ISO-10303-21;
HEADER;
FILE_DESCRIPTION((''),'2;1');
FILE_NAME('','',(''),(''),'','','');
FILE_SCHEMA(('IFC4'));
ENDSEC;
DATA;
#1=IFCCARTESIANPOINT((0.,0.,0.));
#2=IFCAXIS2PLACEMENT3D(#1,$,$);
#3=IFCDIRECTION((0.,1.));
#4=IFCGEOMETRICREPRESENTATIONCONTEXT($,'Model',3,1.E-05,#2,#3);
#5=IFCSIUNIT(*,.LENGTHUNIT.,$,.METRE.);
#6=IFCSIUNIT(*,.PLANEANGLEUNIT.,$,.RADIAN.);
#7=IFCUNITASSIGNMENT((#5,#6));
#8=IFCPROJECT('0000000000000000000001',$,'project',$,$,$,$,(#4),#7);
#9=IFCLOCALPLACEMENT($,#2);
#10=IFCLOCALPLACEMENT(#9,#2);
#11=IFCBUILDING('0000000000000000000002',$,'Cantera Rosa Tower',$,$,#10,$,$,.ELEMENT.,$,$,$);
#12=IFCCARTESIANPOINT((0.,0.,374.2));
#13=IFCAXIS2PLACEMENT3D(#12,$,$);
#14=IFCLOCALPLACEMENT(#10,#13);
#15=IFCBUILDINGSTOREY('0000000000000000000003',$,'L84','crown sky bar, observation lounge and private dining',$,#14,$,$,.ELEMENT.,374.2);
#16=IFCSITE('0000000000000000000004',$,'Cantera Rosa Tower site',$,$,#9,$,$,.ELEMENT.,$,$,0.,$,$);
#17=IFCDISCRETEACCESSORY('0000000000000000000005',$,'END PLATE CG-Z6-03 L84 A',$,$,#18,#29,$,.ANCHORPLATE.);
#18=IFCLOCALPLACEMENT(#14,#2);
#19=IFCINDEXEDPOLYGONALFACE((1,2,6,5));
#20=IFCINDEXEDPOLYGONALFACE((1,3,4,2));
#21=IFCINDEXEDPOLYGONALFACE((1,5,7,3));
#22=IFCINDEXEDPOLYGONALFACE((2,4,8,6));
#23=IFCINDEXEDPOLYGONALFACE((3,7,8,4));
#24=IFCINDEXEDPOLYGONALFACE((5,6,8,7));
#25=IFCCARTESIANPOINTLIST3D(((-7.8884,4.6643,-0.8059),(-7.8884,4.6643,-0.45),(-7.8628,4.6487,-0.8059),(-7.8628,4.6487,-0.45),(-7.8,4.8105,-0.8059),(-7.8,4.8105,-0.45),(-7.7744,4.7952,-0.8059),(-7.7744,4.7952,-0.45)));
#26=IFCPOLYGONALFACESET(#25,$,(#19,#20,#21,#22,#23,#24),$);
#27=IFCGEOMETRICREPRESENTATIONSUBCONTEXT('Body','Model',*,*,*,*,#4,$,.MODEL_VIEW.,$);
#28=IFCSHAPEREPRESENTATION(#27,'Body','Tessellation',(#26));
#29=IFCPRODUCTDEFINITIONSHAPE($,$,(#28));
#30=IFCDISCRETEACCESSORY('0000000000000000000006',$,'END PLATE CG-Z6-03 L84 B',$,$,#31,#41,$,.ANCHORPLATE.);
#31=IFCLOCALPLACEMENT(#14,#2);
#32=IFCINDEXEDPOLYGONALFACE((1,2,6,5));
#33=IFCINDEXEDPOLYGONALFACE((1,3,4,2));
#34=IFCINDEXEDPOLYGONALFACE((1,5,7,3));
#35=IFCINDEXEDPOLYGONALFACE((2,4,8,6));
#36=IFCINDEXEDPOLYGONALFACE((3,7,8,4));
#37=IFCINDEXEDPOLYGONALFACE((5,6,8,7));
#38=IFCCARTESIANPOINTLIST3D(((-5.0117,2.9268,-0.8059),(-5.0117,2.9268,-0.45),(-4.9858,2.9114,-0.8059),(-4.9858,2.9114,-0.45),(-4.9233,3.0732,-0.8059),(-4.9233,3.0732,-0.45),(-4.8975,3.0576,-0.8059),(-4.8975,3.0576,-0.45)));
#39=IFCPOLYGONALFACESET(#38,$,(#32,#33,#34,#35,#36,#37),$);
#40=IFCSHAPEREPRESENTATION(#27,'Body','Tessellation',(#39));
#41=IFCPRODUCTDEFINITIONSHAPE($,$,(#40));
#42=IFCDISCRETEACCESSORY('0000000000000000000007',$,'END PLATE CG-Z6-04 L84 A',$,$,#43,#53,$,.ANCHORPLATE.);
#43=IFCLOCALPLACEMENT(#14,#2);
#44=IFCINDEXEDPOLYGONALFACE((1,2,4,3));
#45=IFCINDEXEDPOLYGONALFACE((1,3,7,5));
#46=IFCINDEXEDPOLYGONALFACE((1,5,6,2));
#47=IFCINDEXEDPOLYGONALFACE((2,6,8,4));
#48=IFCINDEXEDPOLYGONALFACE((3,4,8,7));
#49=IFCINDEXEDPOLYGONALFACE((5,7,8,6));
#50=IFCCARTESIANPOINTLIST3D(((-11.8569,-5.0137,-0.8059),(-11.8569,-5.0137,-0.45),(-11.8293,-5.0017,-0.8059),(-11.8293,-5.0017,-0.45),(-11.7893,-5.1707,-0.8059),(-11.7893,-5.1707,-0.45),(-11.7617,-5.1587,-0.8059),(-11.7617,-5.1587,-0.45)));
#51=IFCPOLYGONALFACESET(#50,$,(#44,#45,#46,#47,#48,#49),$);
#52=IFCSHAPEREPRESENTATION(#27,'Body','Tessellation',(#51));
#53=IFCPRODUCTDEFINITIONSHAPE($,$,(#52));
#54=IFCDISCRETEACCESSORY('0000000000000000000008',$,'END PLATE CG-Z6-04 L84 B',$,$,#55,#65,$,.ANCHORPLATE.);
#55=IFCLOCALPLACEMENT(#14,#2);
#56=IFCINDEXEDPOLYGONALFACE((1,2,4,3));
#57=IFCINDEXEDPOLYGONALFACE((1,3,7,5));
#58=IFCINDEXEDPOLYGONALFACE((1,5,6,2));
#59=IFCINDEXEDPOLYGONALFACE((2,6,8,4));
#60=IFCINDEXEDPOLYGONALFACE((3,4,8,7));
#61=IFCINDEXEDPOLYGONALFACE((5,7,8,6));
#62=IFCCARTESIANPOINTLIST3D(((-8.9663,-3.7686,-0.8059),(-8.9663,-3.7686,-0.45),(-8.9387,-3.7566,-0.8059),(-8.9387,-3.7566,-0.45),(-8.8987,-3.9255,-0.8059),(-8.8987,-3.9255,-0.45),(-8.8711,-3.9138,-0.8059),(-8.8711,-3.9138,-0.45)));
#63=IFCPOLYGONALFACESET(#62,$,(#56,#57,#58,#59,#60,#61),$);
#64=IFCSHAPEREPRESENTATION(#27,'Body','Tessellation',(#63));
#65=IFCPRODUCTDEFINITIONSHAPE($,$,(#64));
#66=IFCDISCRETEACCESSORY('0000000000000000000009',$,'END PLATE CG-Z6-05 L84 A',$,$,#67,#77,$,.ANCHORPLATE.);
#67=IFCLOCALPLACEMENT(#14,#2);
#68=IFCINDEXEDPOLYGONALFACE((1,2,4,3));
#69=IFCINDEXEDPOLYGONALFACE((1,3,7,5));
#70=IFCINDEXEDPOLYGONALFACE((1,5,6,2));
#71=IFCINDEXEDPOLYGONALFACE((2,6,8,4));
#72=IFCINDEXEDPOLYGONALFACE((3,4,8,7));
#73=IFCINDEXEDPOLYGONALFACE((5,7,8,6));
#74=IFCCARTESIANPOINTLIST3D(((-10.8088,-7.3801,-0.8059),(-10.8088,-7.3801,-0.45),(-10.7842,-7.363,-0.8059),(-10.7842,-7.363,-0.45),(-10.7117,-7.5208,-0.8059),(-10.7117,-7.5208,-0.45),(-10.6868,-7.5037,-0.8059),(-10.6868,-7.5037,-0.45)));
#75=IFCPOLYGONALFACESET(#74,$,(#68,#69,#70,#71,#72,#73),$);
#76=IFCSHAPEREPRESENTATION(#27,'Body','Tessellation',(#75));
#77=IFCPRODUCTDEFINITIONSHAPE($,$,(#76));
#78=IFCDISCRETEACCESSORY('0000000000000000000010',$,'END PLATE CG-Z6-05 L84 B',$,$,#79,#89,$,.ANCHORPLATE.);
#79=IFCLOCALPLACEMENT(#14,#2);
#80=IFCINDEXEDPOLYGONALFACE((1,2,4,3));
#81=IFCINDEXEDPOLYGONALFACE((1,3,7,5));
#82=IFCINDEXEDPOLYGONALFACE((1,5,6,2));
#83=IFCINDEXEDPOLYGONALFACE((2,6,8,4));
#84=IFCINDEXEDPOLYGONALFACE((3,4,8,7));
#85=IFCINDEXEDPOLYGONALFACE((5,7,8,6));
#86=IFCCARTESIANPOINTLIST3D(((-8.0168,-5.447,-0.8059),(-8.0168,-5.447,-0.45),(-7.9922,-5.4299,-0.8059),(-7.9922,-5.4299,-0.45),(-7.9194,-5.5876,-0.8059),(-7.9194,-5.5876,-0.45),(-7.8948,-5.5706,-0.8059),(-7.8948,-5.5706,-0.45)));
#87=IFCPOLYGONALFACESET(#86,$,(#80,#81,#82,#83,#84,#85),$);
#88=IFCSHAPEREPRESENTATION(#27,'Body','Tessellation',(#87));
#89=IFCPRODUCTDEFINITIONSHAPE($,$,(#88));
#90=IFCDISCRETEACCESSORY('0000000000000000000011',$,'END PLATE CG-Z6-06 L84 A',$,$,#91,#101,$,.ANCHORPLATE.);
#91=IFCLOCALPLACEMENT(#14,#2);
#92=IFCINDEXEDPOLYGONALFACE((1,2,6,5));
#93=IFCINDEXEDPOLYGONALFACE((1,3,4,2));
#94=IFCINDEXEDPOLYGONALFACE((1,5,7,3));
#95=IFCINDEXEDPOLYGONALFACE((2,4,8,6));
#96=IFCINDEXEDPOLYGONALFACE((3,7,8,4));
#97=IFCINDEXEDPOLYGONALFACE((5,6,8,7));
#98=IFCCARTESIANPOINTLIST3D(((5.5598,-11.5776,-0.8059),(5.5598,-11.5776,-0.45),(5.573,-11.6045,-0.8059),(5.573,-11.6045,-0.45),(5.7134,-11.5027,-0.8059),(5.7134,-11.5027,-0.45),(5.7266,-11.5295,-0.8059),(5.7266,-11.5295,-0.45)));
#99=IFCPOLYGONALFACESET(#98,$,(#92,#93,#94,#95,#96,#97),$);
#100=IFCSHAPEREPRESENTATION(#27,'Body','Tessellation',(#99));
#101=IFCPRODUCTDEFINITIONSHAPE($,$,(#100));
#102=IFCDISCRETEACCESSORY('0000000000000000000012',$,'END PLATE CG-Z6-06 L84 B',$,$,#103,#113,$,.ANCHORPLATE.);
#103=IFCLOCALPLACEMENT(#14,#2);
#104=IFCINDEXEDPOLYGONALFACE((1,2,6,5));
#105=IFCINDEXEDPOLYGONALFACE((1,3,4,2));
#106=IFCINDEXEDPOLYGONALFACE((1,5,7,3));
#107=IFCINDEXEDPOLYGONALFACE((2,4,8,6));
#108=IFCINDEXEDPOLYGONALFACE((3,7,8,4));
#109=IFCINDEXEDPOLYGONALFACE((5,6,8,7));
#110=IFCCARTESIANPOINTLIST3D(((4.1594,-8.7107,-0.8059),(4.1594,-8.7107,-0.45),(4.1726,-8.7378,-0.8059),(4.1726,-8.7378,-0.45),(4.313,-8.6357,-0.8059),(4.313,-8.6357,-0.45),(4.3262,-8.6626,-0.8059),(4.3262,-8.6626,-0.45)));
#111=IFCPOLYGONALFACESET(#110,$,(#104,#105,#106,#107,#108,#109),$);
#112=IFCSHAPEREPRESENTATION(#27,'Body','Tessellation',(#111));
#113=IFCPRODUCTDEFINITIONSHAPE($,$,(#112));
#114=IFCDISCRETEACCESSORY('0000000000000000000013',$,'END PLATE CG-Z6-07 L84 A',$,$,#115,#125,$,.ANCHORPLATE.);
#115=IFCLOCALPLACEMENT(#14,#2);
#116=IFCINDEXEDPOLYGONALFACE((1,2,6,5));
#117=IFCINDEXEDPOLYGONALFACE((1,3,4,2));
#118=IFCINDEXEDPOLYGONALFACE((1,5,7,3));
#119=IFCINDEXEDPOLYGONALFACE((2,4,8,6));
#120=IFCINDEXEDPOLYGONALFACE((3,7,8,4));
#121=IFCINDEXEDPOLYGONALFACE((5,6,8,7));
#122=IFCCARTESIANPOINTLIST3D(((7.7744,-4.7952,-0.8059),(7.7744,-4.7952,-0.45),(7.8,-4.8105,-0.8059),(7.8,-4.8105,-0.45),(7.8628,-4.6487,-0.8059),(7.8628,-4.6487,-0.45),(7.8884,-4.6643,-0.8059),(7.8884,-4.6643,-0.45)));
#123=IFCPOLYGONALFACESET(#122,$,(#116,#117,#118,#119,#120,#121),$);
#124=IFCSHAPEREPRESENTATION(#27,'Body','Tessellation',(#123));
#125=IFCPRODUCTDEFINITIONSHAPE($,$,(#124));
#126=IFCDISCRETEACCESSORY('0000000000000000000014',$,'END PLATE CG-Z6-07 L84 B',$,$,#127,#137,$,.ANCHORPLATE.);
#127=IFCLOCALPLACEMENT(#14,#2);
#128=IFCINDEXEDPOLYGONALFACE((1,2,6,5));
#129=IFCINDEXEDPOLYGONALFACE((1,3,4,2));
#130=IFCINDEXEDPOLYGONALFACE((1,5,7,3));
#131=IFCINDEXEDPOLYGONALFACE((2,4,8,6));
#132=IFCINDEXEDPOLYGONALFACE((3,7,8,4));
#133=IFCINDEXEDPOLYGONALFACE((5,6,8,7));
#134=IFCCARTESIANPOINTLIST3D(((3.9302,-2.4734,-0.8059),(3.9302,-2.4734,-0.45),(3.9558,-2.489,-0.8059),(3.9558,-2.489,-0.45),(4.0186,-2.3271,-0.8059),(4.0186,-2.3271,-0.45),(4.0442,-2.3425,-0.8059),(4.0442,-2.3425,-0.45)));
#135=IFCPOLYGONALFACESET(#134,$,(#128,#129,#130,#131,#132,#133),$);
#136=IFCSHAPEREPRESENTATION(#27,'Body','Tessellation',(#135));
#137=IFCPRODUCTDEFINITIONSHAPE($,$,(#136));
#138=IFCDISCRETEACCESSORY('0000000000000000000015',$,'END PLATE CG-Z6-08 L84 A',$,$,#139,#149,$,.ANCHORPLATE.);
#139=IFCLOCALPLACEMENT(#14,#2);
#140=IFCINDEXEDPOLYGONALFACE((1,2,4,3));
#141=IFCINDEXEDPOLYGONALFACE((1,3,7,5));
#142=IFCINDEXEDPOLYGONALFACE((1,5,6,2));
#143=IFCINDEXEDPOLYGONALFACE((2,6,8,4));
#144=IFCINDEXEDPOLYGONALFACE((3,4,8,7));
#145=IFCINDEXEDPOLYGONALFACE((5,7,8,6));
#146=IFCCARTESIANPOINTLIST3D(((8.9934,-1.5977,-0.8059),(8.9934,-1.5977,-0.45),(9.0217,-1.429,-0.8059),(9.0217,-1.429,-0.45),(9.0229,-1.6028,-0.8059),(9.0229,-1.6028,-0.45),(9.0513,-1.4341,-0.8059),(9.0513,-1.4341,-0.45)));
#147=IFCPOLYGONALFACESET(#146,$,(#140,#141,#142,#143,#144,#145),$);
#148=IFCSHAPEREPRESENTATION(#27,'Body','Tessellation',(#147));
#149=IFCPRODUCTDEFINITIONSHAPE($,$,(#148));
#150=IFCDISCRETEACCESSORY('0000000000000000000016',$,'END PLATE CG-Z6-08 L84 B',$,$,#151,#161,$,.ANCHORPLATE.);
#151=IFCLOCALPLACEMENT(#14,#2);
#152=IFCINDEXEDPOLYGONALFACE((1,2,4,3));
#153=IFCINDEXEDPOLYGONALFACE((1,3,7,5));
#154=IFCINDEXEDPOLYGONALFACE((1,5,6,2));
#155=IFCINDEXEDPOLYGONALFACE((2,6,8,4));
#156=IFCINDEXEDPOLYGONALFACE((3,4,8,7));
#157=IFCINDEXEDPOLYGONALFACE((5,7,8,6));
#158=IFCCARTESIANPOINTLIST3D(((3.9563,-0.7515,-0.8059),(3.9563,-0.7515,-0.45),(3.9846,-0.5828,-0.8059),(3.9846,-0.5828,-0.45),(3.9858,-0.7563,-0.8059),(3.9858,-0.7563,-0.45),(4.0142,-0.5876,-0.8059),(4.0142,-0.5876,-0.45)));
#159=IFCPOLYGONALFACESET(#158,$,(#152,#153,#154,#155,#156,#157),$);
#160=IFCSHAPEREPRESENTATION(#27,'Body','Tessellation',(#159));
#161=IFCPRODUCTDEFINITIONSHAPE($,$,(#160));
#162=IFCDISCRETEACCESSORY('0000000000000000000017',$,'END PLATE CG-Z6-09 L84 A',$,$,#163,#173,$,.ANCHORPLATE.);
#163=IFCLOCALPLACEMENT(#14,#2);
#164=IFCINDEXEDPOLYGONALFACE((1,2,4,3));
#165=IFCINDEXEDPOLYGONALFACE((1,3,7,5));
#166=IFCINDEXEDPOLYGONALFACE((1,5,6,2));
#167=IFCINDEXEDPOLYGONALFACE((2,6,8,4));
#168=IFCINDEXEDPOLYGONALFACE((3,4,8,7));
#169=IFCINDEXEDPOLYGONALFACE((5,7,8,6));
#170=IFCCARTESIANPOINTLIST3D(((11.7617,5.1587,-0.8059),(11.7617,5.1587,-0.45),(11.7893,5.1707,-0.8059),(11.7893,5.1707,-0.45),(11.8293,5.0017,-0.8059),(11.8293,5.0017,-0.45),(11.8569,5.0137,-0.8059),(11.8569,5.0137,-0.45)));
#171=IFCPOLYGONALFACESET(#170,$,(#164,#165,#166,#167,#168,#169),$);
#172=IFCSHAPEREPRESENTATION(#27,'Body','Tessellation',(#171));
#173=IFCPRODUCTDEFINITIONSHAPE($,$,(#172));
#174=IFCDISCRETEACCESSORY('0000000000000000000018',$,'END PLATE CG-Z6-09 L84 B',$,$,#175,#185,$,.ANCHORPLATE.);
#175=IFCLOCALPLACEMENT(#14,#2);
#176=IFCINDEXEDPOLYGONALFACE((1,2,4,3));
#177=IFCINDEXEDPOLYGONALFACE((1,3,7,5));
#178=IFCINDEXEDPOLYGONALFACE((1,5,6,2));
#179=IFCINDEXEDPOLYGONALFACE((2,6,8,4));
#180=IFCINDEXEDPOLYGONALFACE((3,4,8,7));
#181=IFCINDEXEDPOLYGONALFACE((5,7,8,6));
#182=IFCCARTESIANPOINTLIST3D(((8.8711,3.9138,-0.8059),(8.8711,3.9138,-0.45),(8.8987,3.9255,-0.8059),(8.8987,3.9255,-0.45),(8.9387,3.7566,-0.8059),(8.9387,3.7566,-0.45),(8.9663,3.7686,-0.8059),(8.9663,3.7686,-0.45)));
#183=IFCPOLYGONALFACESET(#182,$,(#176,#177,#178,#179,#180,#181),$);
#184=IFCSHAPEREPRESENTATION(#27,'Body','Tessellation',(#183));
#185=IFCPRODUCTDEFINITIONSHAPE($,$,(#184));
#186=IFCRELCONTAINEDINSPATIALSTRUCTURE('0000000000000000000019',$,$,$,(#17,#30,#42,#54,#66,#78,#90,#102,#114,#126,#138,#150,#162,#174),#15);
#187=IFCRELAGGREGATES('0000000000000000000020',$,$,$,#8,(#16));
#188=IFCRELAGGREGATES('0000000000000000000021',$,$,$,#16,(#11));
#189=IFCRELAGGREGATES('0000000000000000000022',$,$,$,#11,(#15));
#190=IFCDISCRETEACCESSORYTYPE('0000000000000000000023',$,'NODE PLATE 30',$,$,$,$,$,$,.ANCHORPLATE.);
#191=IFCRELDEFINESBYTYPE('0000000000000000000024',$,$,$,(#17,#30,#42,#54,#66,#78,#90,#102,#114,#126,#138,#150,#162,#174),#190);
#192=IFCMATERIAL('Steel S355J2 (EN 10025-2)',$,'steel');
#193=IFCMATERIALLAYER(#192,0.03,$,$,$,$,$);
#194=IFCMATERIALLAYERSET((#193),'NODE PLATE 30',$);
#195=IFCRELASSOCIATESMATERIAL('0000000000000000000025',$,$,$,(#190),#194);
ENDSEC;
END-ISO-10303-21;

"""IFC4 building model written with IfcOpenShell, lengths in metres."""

from ifc_helpers import new_model, si_unit, direction, frame, origin, place, context, subcontext, project, spatial, polyline, outline, extrude, material, layer, layer_set, type_object, element, save


model = new_model("IFC4")

# Units and contexts
model_context = context("Model", 3, precision=1e-05, world=origin(), true_north=direction((0.0, 1.0)))
body_context = subcontext(model_context, "Body", "Model", "MODEL_VIEW")
ifc_project = project(units=[si_unit("LENGTHUNIT", "METRE"), si_unit("PLANEANGLEUNIT", "RADIAN")], contexts=[model_context])

# Site, building, storey
site_placement = place(None, origin())
site = spatial("IfcSite", under=ifc_project, at=site_placement, Name="Cantera Rosa Tower site", CompositionType="ELEMENT", RefElevation=0.0)
building_placement = place(site_placement, origin())
building = spatial("IfcBuilding", under=site, at=building_placement, Name="Cantera Rosa Tower", CompositionType="ELEMENT")
storey_placement = place(building_placement, frame((0.0, 0.0, 374.2)))
storey = spatial("IfcBuildingStorey", under=building, at=storey_placement, Name="L84", Description="crown sky bar, observation lounge and private dining", CompositionType="ELEMENT", Elevation=374.2)

# Shared definitions
ifc_material_1 = material(Name="Steel S355J2 (EN 10025-2)", Category="steel")
ifc_layer_1 = layer(ifc_material_1, 0.03)
ifc_layer_set_1 = layer_set([ifc_layer_1], Name="NODE PLATE 30")
discrete_accessory_type = type_object("IfcDiscreteAccessoryType", Name="NODE PLATE 30", PredefinedType="ANCHORPLATE", material=ifc_layer_set_1)

# Discrete accessories
discrete_accessory_1_placement = place(storey_placement, frame((0.0, 0.0, -0.8059)))
element("IfcDiscreteAccessory", 1, at=discrete_accessory_1_placement, inside=storey, type_object=discrete_accessory_type, Name="END PLATE CG-Z6-03 L84 A", PredefinedType="ANCHORPLATE", context=body_context, shape_type="SweptSolid", body=[
    extrude(outline(polyline([(-7.8628, 4.6487), (-7.8884, 4.6643), (-7.8, 4.8105), (-7.7744, 4.7952), (-7.8628, 4.6487)])), origin(), (0.0, 0.0, 1.0), 0.356),
])
discrete_accessory_2_placement = place(storey_placement, frame((0.0, 0.0, -0.8059)))
element("IfcDiscreteAccessory", 2, at=discrete_accessory_2_placement, inside=storey, type_object=discrete_accessory_type, Name="END PLATE CG-Z6-03 L84 B", PredefinedType="ANCHORPLATE", context=body_context, shape_type="SweptSolid", body=[
    extrude(outline(polyline([(-4.9233, 3.0732), (-4.8975, 3.0576), (-4.9858, 2.9114), (-5.0117, 2.9268), (-4.9233, 3.0732)])), origin(), (0.0, 0.0, 1.0), 0.356),
])
discrete_accessory_3_placement = place(storey_placement, frame((0.0, 0.0, -0.8059)))
element("IfcDiscreteAccessory", 3, at=discrete_accessory_3_placement, inside=storey, type_object=discrete_accessory_type, Name="END PLATE CG-Z6-04 L84 A", PredefinedType="ANCHORPLATE", context=body_context, shape_type="SweptSolid", body=[
    extrude(outline(polyline([(-11.7617, -5.1587), (-11.7893, -5.1707), (-11.8569, -5.0137), (-11.8293, -5.0017), (-11.7617, -5.1587)])), origin(), (0.0, 0.0, 1.0), 0.356),
])
discrete_accessory_4_placement = place(storey_placement, frame((0.0, 0.0, -0.8059)))
element("IfcDiscreteAccessory", 4, at=discrete_accessory_4_placement, inside=storey, type_object=discrete_accessory_type, Name="END PLATE CG-Z6-04 L84 B", PredefinedType="ANCHORPLATE", context=body_context, shape_type="SweptSolid", body=[
    extrude(outline(polyline([(-8.9663, -3.7686), (-8.9387, -3.7566), (-8.8711, -3.9138), (-8.8987, -3.9255), (-8.9663, -3.7686)])), origin(), (0.0, 0.0, 1.0), 0.356),
])
discrete_accessory_5_placement = place(storey_placement, frame((0.0, 0.0, -0.8059)))
element("IfcDiscreteAccessory", 5, at=discrete_accessory_5_placement, inside=storey, type_object=discrete_accessory_type, Name="END PLATE CG-Z6-05 L84 A", PredefinedType="ANCHORPLATE", context=body_context, shape_type="SweptSolid", body=[
    extrude(outline(polyline([(-10.6868, -7.5037), (-10.7117, -7.5208), (-10.8088, -7.3801), (-10.7842, -7.363), (-10.6868, -7.5037)])), origin(), (0.0, 0.0, 1.0), 0.356),
])
discrete_accessory_6_placement = place(storey_placement, frame((0.0, 0.0, -0.8059)))
element("IfcDiscreteAccessory", 6, at=discrete_accessory_6_placement, inside=storey, type_object=discrete_accessory_type, Name="END PLATE CG-Z6-05 L84 B", PredefinedType="ANCHORPLATE", context=body_context, shape_type="SweptSolid", body=[
    extrude(outline(polyline([(-8.0168, -5.447), (-7.9922, -5.4299), (-7.8948, -5.5706), (-7.9194, -5.5876), (-8.0168, -5.447)])), origin(), (0.0, 0.0, 1.0), 0.356),
])
discrete_accessory_7_placement = place(storey_placement, frame((0.0, 0.0, -0.8059)))
element("IfcDiscreteAccessory", 7, at=discrete_accessory_7_placement, inside=storey, type_object=discrete_accessory_type, Name="END PLATE CG-Z6-06 L84 A", PredefinedType="ANCHORPLATE", context=body_context, shape_type="SweptSolid", body=[
    extrude(outline(polyline([(5.7134, -11.5027), (5.7266, -11.5295), (5.573, -11.6045), (5.5598, -11.5776), (5.7134, -11.5027)])), origin(), (0.0, 0.0, 1.0), 0.356),
])
discrete_accessory_8_placement = place(storey_placement, frame((0.0, 0.0, -0.8059)))
element("IfcDiscreteAccessory", 8, at=discrete_accessory_8_placement, inside=storey, type_object=discrete_accessory_type, Name="END PLATE CG-Z6-06 L84 B", PredefinedType="ANCHORPLATE", context=body_context, shape_type="SweptSolid", body=[
    extrude(outline(polyline([(4.1726, -8.7378), (4.1594, -8.7107), (4.313, -8.6357), (4.3262, -8.6626), (4.1726, -8.7378)])), origin(), (0.0, 0.0, 1.0), 0.356),
])
discrete_accessory_9_placement = place(storey_placement, frame((0.0, 0.0, -0.8059)))
element("IfcDiscreteAccessory", 9, at=discrete_accessory_9_placement, inside=storey, type_object=discrete_accessory_type, Name="END PLATE CG-Z6-07 L84 A", PredefinedType="ANCHORPLATE", context=body_context, shape_type="SweptSolid", body=[
    extrude(outline(polyline([(7.8628, -4.6487), (7.8884, -4.6643), (7.8, -4.8105), (7.7744, -4.7952), (7.8628, -4.6487)])), origin(), (0.0, 0.0, 1.0), 0.356),
])
discrete_accessory_10_placement = place(storey_placement, frame((0.0, 0.0, -0.8059)))
element("IfcDiscreteAccessory", 10, at=discrete_accessory_10_placement, inside=storey, type_object=discrete_accessory_type, Name="END PLATE CG-Z6-07 L84 B", PredefinedType="ANCHORPLATE", context=body_context, shape_type="SweptSolid", body=[
    extrude(outline(polyline([(3.9558, -2.489), (3.9302, -2.4734), (4.0186, -2.3271), (4.0442, -2.3425), (3.9558, -2.489)])), origin(), (0.0, 0.0, 1.0), 0.356),
])
discrete_accessory_11_placement = place(storey_placement, frame((0.0, 0.0, -0.8059)))
element("IfcDiscreteAccessory", 11, at=discrete_accessory_11_placement, inside=storey, type_object=discrete_accessory_type, Name="END PLATE CG-Z6-08 L84 A", PredefinedType="ANCHORPLATE", context=body_context, shape_type="SweptSolid", body=[
    extrude(outline(polyline([(9.0217, -1.429), (9.0513, -1.4341), (9.0229, -1.6028), (8.9934, -1.5977), (9.0217, -1.429)])), origin(), (0.0, 0.0, 1.0), 0.356),
])
discrete_accessory_12_placement = place(storey_placement, frame((0.0, 0.0, -0.8059)))
element("IfcDiscreteAccessory", 12, at=discrete_accessory_12_placement, inside=storey, type_object=discrete_accessory_type, Name="END PLATE CG-Z6-08 L84 B", PredefinedType="ANCHORPLATE", context=body_context, shape_type="SweptSolid", body=[
    extrude(outline(polyline([(3.9858, -0.7563), (3.9563, -0.7515), (3.9846, -0.5828), (4.0142, -0.5876), (3.9858, -0.7563)])), origin(), (0.0, 0.0, 1.0), 0.356),
])
discrete_accessory_13_placement = place(storey_placement, frame((0.0, 0.0, -0.8059)))
element("IfcDiscreteAccessory", 13, at=discrete_accessory_13_placement, inside=storey, type_object=discrete_accessory_type, Name="END PLATE CG-Z6-09 L84 A", PredefinedType="ANCHORPLATE", context=body_context, shape_type="SweptSolid", body=[
    extrude(outline(polyline([(11.7617, 5.1587), (11.7893, 5.1707), (11.8569, 5.0137), (11.8293, 5.0017), (11.7617, 5.1587)])), origin(), (0.0, 0.0, 1.0), 0.356),
])
discrete_accessory_14_placement = place(storey_placement, frame((0.0, 0.0, -0.8059)))
element("IfcDiscreteAccessory", 14, at=discrete_accessory_14_placement, inside=storey, type_object=discrete_accessory_type, Name="END PLATE CG-Z6-09 L84 B", PredefinedType="ANCHORPLATE", context=body_context, shape_type="SweptSolid", body=[
    extrude(outline(polyline([(8.9663, 3.7686), (8.9387, 3.7566), (8.8711, 3.9138), (8.8987, 3.9255), (8.9663, 3.7686)])), origin(), (0.0, 0.0, 1.0), 0.356),
])

save(model, "model.ifc")
